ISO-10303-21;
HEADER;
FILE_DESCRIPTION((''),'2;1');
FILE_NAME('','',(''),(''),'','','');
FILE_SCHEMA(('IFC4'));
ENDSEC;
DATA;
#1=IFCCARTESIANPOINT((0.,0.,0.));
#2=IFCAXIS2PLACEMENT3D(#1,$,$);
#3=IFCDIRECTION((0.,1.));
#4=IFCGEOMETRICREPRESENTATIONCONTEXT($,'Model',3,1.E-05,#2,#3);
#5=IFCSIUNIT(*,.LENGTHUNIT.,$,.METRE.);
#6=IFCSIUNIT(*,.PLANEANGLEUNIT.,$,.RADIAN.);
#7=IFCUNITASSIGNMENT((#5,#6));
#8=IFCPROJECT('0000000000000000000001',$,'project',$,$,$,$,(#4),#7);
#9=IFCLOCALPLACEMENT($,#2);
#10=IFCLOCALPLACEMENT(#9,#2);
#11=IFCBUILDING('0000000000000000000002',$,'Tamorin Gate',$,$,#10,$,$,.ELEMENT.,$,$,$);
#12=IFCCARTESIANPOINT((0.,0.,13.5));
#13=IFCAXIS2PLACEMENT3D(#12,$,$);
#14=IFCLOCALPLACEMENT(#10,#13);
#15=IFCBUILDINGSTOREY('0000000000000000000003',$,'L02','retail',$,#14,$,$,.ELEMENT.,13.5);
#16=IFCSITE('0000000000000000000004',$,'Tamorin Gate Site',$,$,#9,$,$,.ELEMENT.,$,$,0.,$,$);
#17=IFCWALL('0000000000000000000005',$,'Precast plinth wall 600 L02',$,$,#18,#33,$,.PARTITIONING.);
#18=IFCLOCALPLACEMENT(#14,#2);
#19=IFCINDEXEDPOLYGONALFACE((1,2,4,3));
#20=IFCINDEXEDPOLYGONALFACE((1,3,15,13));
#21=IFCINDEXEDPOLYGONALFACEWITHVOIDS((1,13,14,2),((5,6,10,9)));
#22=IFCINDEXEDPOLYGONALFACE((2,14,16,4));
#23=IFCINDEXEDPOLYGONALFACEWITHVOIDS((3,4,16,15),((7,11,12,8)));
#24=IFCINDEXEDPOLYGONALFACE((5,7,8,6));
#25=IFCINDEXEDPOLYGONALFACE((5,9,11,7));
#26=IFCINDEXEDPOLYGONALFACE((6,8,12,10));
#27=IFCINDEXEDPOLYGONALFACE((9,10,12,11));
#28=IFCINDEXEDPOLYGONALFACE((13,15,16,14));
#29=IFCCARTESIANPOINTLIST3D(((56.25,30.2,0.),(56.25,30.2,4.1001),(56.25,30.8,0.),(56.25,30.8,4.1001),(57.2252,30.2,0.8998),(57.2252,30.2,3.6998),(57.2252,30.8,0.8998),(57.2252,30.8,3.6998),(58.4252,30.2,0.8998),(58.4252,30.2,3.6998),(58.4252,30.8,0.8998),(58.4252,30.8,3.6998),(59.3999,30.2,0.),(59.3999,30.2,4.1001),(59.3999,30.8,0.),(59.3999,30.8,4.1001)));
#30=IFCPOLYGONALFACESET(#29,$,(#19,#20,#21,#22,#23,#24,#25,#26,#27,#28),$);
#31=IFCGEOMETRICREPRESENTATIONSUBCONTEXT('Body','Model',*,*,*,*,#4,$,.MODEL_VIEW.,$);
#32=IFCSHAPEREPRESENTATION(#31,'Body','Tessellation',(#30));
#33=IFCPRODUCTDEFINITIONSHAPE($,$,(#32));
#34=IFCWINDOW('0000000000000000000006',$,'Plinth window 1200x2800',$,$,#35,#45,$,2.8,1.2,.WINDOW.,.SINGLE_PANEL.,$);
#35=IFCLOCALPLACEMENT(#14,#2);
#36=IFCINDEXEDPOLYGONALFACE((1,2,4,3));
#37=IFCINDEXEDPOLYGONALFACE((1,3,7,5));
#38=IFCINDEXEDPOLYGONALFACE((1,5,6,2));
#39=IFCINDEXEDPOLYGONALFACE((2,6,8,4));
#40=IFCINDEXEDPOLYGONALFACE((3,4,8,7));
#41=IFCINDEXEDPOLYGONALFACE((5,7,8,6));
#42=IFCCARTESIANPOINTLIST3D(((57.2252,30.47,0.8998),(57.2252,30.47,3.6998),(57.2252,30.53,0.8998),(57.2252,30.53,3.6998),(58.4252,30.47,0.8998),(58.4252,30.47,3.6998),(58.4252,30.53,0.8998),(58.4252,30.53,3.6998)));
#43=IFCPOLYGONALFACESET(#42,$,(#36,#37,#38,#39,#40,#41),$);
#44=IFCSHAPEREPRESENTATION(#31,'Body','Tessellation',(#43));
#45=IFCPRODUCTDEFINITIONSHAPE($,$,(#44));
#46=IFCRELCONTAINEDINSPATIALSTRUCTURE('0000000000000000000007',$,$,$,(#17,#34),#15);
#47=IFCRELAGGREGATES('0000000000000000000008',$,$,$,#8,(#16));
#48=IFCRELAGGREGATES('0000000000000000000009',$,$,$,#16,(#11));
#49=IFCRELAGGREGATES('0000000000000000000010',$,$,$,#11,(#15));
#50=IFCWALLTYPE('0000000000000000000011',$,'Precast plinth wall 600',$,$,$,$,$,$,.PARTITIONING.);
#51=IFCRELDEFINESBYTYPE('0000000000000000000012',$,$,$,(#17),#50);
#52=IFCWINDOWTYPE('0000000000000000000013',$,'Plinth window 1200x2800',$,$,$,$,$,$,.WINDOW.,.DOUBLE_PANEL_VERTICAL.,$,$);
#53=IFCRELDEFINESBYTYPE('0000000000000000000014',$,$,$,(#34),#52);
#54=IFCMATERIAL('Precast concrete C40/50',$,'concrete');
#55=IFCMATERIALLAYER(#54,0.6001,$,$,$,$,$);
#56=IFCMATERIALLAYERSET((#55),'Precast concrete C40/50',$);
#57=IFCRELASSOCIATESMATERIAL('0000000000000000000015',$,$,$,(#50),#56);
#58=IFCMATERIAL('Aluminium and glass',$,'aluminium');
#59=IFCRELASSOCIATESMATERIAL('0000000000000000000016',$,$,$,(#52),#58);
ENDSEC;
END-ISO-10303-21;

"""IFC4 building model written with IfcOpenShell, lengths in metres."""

from ifc_helpers import new_model, si_unit, direction, frame, frame_2d, origin, place, context, subcontext, project, spatial, rectangle, extrude, material, layer, layer_set, type_object, element, fill, save


model = new_model("IFC4")

# Units and contexts
model_context = context("Model", 3, precision=1e-05, world=origin(), true_north=direction((0.0, 1.0)))
body_context = subcontext(model_context, "Body", "Model", "MODEL_VIEW")
ifc_project = project(units=[si_unit("LENGTHUNIT", "METRE"), si_unit("PLANEANGLEUNIT", "RADIAN")], contexts=[model_context])

# Site, building, storey
site_placement = place(None, origin())
site = spatial("IfcSite", under=ifc_project, at=site_placement, Name="Tamorin Gate Site", CompositionType="ELEMENT", RefElevation=0.0)
building_placement = place(site_placement, origin())
building = spatial("IfcBuilding", under=site, at=building_placement, Name="Tamorin Gate", CompositionType="ELEMENT")
storey_placement = place(building_placement, frame((0.0, 0.0, 13.5)))
storey = spatial("IfcBuildingStorey", under=building, at=storey_placement, Name="L02", Description="retail", CompositionType="ELEMENT", Elevation=13.5)

# Shared definitions
ifc_material_1 = material(Name="Precast concrete C40/50", Category="concrete")
ifc_layer_1 = layer(ifc_material_1, 0.6001)
ifc_layer_set_1 = layer_set([ifc_layer_1], Name="Precast concrete C40/50")
wall_type_1 = type_object("IfcWallType", Name="Precast plinth wall 600", PredefinedType="PARTITIONING", material=ifc_layer_set_1)
ifc_material_2 = material(Name="Aluminium and glass", Category="aluminium")
window_type_1 = type_object("IfcWindowType", Name="Plinth window 1200x2800", PartitioningType="DOUBLE_PANEL_VERTICAL", PredefinedType="WINDOW", material=ifc_material_2)

# Wall, opening, window
wall_1_placement = place(storey_placement, frame((56.25, 30.5, 0.0), z_axis=(0.0, 0.0, 1.0), x_axis=(1.0, 0.0, 0.0)))
wall_1 = element("IfcWall", 1, at=wall_1_placement, inside=storey, type_object=wall_type_1, Name="Precast plinth wall 600 L02", PredefinedType="PARTITIONING", context=body_context, shape_type="SweptSolid", body=[
    extrude(rectangle(XDim=3.1499, YDim=0.6001, at=frame_2d((1.575, 0.0))), origin(), (0.0, 0.0, 1.0), 4.1001),
])
opening_1_placement = place(wall_1_placement, frame((0.9751, 0.0, 0.8999)))
opening_1 = element("IfcOpeningElement", 2, at=opening_1_placement, cuts=wall_1, PredefinedType="OPENING", context=body_context, shape_type="SweptSolid", body=[
    extrude(rectangle(XDim=1.2, YDim=2.8, at=frame_2d((0.6001, 1.3999))), frame((0.0, 0.3101, 0.0), z_axis=(0.0, -1.0, 0.0), x_axis=(1.0, 0.0, 0.0)), (0.0, 0.0, 1.0), 0.6201),
])
window_1_placement = place(opening_1_placement, origin())
window_1 = element("IfcWindow", 3, at=window_1_placement, inside=storey, type_object=window_type_1, Name="Plinth window 1200x2800", OverallHeight=2.8, OverallWidth=1.2, PartitioningType="SINGLE_PANEL", PredefinedType="WINDOW", context=body_context, shape_type="SweptSolid", body=[
    extrude(rectangle(XDim=1.2, YDim=2.8, at=frame_2d((0.6001, 1.3999))), frame((0.0, 0.03, 0.0), z_axis=(0.0, -1.0, 0.0), x_axis=(1.0, 0.0, 0.0)), (0.0, 0.0, 1.0), 0.0601),
])
fill(opening_1, window_1)

save(model, "model.ifc")
